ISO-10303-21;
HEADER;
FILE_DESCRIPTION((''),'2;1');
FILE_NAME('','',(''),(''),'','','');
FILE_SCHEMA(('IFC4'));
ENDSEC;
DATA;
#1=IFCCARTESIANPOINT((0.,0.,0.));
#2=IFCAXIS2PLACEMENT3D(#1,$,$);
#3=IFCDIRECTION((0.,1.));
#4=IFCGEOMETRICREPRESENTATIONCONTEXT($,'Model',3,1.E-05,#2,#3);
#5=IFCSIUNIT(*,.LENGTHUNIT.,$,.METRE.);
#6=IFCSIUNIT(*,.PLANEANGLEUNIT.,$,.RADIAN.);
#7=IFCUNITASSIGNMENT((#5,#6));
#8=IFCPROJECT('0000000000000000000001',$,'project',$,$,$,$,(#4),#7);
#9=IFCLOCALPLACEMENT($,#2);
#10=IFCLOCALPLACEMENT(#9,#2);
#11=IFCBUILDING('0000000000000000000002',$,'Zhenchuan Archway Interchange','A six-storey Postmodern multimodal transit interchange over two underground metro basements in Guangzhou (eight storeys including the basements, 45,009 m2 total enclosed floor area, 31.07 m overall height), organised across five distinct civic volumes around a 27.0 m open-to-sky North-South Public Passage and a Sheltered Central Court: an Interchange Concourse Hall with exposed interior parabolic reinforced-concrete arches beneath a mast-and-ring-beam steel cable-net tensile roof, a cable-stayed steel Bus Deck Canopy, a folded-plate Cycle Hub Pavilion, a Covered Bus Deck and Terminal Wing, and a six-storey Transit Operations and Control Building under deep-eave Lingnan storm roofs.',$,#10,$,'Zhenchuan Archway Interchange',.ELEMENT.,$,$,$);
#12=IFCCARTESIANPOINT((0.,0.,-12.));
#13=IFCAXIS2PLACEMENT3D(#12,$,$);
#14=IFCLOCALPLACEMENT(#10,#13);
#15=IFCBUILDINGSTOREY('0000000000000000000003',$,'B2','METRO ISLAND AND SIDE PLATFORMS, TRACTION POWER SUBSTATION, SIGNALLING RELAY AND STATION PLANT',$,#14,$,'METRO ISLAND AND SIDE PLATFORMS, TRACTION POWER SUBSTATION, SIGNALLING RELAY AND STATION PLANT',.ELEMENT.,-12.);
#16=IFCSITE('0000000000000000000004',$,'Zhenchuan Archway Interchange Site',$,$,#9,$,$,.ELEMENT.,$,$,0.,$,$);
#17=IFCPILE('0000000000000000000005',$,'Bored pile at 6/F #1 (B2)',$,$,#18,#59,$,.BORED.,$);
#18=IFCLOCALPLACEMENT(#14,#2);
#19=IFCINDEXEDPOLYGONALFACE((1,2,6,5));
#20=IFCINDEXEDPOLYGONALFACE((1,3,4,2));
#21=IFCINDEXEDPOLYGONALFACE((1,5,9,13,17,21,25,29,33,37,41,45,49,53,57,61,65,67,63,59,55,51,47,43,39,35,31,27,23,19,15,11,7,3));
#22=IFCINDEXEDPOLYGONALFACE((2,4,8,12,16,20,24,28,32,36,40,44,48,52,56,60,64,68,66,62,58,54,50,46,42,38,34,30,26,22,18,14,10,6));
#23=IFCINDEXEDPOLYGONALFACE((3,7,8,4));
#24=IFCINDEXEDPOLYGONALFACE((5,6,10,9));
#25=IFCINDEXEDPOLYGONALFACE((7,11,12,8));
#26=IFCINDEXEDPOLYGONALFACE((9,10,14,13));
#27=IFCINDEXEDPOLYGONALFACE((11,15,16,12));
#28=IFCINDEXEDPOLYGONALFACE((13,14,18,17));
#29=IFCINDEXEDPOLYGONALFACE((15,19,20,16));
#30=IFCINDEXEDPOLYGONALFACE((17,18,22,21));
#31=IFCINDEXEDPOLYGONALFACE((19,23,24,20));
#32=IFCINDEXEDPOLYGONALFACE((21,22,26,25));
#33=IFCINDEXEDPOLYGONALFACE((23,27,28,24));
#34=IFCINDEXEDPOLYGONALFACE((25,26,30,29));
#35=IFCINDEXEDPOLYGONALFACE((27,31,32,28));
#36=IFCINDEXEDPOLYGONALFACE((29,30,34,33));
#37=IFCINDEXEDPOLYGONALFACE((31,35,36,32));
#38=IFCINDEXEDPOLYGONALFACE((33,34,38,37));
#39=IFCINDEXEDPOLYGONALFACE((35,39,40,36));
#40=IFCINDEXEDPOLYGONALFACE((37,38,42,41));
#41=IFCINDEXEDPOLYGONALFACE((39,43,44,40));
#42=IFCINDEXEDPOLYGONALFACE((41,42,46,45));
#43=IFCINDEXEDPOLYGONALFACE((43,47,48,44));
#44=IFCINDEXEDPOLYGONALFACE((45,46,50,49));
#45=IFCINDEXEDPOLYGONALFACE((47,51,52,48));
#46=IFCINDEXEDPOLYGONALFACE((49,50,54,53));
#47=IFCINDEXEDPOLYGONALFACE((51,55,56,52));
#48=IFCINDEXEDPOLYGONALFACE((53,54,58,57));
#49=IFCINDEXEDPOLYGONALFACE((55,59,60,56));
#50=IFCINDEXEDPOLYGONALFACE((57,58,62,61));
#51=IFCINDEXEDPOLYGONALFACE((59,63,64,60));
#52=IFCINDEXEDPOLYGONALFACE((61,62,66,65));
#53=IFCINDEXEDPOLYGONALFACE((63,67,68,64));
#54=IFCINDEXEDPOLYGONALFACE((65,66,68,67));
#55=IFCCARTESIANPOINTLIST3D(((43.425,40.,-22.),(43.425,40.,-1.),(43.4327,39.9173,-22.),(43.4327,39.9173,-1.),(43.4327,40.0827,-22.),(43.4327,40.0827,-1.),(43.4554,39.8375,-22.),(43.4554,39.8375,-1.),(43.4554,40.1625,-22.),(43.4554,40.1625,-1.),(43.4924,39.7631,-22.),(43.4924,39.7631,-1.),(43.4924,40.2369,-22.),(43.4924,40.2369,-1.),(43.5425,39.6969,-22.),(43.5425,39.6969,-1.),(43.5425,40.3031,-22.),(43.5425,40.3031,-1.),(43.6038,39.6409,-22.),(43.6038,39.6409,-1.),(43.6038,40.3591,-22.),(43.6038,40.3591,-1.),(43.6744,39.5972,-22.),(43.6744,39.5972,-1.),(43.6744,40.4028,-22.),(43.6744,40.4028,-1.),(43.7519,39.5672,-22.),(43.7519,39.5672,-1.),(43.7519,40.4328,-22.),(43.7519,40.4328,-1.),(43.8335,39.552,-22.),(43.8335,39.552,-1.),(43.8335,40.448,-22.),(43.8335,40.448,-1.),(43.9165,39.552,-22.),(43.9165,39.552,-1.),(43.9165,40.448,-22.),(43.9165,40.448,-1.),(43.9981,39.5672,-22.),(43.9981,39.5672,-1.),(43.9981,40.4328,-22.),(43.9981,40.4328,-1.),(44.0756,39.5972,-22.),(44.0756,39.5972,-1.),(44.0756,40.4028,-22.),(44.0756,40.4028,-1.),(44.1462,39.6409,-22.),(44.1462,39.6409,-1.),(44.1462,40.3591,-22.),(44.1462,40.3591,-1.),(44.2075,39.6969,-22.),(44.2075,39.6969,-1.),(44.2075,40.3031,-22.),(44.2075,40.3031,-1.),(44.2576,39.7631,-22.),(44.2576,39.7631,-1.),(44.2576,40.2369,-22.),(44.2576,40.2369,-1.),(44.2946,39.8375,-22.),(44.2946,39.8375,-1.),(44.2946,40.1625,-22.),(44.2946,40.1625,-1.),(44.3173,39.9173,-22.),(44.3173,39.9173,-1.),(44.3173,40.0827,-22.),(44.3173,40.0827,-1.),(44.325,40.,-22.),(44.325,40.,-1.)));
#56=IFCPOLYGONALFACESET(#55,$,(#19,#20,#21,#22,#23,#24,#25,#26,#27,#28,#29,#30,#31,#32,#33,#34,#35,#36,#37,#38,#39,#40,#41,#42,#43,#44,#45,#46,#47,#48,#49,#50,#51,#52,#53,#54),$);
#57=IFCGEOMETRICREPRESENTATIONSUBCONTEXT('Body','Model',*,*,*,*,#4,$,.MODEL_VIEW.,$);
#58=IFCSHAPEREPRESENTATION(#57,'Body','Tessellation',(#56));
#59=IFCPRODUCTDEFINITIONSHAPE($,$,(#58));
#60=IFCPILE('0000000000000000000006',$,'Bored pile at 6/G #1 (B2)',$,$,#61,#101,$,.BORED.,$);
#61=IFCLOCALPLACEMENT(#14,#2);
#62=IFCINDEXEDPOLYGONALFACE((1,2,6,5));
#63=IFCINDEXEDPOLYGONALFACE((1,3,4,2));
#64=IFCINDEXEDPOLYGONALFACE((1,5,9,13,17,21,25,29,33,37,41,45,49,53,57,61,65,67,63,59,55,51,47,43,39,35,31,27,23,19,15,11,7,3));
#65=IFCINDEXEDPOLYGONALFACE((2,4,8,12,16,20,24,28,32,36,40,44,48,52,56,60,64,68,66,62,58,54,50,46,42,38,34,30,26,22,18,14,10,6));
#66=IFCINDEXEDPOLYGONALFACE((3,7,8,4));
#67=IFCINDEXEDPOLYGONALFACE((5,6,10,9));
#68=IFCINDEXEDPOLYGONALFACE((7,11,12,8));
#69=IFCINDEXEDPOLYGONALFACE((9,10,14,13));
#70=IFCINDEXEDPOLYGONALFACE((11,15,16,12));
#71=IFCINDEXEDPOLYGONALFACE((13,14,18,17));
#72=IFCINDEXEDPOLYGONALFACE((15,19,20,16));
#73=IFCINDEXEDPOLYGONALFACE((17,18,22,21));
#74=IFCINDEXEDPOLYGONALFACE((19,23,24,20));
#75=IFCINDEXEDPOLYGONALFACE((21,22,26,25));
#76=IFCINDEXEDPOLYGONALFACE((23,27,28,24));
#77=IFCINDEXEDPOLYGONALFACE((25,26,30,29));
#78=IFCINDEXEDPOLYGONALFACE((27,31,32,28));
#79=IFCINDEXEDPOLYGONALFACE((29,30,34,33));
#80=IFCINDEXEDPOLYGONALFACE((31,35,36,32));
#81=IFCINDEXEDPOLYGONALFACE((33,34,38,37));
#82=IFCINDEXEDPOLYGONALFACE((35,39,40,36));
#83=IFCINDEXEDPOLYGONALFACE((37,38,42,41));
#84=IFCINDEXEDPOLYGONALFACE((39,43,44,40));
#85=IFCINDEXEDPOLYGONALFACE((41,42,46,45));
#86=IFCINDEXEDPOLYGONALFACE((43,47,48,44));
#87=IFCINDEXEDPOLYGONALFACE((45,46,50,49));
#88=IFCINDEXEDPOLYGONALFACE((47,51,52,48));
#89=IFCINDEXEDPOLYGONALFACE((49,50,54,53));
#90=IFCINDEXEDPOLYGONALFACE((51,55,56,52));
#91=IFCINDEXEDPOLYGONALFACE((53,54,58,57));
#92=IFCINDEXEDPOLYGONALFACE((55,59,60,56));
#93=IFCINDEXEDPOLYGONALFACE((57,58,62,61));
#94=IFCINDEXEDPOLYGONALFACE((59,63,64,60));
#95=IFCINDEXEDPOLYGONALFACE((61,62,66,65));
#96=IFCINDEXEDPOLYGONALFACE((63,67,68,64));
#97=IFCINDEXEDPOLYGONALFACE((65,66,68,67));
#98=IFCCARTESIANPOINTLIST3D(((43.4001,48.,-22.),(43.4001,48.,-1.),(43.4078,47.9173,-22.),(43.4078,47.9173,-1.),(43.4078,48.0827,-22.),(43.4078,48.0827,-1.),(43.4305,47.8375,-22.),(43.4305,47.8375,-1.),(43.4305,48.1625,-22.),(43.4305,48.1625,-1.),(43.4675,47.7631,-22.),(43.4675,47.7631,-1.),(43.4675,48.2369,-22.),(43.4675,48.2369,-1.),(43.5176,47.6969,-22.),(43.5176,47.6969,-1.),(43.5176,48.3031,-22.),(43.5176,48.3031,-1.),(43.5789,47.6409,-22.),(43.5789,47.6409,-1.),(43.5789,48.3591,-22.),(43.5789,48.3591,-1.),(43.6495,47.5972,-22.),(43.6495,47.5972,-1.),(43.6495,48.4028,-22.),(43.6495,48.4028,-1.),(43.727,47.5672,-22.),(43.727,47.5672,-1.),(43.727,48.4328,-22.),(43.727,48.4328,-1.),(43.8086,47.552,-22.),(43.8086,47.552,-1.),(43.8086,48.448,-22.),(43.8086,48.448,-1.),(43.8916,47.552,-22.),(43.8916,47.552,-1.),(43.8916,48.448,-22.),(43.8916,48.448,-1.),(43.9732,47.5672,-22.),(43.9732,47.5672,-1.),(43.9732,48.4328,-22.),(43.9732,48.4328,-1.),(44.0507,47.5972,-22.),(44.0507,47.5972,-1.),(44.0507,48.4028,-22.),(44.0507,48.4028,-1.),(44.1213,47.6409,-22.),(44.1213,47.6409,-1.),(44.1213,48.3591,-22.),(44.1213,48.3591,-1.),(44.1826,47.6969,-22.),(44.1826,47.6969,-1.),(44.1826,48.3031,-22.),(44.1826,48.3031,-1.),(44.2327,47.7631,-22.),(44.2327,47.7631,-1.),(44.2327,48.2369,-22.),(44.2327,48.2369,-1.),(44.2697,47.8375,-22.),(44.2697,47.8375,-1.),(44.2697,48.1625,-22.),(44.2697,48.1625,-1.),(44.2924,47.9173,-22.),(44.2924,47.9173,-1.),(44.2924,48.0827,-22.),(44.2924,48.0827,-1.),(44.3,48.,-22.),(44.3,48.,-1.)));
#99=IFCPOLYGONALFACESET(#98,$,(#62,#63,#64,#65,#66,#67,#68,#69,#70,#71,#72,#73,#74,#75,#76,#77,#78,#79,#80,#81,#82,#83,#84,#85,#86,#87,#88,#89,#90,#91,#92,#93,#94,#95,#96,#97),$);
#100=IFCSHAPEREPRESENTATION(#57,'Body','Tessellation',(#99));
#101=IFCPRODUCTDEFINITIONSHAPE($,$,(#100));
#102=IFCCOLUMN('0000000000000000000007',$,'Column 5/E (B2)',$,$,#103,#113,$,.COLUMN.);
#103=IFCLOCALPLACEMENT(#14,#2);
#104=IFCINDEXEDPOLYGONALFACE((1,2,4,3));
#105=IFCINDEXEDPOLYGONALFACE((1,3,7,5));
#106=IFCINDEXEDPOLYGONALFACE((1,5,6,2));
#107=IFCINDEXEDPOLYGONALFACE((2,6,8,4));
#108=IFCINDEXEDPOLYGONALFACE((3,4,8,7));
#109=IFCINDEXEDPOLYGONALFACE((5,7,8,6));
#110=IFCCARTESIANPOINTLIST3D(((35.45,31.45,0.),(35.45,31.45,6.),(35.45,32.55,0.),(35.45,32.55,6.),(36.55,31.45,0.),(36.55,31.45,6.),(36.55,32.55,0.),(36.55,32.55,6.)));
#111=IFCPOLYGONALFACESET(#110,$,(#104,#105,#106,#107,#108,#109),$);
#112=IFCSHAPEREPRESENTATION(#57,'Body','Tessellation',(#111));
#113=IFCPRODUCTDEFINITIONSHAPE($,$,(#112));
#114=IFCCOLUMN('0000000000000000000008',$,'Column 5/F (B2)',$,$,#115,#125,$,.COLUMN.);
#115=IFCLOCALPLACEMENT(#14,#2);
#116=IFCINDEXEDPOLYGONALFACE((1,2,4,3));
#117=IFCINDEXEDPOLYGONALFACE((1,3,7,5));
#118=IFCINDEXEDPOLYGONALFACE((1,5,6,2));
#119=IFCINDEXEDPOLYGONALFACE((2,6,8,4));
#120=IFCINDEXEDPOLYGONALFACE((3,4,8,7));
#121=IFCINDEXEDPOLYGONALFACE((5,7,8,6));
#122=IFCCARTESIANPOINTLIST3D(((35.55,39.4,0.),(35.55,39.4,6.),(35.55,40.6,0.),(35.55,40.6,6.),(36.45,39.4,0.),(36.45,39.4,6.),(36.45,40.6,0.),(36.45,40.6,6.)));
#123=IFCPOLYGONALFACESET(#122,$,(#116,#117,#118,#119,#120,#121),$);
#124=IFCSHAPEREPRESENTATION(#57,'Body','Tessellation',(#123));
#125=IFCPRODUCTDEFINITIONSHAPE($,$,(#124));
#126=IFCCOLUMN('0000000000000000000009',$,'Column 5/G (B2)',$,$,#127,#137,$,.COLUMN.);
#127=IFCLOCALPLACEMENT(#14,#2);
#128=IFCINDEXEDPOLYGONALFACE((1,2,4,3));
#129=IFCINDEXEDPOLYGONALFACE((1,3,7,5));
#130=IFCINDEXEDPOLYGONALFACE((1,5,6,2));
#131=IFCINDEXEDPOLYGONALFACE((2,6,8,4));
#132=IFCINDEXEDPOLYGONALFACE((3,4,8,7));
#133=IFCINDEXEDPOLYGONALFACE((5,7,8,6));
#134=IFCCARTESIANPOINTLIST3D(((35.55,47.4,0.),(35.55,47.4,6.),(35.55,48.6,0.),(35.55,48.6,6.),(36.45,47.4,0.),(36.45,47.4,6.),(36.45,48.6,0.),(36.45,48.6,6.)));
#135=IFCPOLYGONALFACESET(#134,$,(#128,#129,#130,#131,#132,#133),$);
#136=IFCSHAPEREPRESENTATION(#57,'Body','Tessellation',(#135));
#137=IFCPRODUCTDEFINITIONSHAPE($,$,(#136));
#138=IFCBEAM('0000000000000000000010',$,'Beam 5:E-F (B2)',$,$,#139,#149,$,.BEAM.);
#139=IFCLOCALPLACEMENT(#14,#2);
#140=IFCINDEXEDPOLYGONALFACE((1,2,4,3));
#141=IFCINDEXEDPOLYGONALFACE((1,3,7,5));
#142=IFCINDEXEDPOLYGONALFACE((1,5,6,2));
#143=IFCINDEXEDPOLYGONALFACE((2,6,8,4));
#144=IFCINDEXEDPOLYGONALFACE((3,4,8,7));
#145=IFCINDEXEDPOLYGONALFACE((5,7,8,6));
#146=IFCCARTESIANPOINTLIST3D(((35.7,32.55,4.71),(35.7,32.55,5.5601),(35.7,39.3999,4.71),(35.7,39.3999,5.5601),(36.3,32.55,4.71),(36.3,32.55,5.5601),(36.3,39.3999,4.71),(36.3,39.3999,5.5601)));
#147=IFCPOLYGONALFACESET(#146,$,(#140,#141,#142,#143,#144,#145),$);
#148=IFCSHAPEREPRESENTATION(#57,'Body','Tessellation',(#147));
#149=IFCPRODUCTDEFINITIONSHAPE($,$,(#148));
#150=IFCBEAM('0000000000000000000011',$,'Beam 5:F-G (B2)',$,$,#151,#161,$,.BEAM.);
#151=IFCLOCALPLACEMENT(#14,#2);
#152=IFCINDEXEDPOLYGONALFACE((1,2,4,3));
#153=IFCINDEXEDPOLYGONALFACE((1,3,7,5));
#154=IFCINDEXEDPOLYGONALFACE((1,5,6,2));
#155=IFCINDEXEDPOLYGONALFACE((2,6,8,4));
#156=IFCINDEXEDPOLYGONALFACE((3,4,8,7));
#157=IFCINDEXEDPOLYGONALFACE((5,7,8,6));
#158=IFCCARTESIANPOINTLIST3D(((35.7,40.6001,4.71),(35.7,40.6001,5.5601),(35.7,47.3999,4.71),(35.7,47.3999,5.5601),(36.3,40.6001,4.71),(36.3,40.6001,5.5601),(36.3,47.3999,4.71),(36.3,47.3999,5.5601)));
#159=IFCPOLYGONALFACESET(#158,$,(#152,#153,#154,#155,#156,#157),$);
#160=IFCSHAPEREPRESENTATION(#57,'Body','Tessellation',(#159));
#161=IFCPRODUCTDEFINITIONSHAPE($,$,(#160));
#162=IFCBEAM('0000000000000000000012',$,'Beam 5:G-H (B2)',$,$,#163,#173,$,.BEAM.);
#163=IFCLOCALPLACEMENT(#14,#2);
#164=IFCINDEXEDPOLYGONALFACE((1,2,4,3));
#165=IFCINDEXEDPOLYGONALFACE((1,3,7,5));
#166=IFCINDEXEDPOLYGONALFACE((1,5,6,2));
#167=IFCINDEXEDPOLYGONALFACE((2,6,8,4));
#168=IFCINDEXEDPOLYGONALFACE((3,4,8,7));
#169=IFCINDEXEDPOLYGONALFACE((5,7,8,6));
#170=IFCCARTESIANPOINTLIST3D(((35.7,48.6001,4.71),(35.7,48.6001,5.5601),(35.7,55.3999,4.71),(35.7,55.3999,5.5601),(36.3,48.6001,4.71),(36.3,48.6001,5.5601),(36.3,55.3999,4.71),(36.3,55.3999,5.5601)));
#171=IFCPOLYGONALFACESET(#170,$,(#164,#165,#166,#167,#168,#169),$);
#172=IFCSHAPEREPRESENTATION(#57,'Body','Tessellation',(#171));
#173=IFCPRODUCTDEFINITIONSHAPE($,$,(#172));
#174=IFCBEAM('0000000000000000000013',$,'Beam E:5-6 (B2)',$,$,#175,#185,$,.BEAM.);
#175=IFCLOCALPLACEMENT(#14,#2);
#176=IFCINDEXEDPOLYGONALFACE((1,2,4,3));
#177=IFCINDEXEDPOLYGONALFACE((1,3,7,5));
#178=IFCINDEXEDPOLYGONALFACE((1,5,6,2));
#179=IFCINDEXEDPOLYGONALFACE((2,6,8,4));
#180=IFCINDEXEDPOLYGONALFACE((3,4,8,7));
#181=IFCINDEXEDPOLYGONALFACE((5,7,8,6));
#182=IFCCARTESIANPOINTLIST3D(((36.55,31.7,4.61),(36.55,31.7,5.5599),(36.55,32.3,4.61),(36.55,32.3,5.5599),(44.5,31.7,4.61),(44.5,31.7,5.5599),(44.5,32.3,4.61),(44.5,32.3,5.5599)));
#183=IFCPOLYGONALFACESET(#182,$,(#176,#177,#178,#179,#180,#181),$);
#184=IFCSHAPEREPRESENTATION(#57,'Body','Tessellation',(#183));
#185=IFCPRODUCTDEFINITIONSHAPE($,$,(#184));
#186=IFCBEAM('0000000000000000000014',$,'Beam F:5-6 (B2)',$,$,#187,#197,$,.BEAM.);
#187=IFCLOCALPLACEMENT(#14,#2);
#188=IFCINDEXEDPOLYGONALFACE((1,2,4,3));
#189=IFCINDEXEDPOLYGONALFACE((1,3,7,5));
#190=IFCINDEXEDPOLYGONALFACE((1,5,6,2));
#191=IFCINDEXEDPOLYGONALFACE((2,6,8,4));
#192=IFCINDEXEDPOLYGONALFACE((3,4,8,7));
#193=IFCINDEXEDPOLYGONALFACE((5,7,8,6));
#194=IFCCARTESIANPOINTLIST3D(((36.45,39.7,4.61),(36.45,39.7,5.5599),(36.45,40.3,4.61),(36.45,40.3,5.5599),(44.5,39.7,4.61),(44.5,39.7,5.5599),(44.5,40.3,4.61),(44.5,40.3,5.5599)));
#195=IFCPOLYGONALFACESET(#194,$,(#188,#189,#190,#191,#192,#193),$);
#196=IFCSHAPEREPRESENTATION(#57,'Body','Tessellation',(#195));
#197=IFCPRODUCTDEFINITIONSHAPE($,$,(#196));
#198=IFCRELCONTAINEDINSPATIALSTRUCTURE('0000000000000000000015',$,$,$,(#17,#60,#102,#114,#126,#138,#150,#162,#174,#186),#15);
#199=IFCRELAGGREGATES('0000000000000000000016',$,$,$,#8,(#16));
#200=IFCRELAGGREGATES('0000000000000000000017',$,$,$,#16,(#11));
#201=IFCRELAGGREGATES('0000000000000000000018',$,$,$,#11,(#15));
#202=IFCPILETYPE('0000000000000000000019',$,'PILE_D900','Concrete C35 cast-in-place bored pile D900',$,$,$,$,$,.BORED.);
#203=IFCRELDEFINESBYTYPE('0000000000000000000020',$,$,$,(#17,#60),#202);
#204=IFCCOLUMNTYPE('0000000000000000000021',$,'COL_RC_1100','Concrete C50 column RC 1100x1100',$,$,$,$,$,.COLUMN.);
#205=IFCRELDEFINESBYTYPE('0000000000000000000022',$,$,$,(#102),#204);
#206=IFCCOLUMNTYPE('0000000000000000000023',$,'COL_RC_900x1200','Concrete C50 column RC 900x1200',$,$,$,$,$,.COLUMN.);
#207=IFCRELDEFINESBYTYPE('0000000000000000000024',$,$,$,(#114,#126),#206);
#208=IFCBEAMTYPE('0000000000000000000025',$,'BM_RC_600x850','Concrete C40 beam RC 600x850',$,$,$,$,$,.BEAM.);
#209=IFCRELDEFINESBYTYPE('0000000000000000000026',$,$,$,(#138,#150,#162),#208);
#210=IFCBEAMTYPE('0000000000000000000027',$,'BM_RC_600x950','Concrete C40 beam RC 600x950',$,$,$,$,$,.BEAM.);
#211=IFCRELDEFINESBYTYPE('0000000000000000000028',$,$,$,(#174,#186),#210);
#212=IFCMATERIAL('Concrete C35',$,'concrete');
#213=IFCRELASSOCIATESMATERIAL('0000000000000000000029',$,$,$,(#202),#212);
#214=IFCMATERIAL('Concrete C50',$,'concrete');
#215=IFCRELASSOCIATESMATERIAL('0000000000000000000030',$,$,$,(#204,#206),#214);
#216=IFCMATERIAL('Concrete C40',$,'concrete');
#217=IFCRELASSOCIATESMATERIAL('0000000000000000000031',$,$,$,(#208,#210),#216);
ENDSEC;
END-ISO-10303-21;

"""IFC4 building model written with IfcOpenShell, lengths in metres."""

from ifc_helpers import new_model, si_unit, direction, frame, origin, origin_2d, place, context, subcontext, project, spatial, rectangle, circle, extrude, material, material_profile, profile_set, type_object, element, save


model = new_model("IFC4")

# Units and contexts
model_context = context("Model", 3, precision=1e-05, world=origin(), true_north=direction((0.0, 1.0)))
body_context = subcontext(model_context, "Body", "Model", "MODEL_VIEW")
ifc_project = project(units=[si_unit("LENGTHUNIT", "METRE"), si_unit("PLANEANGLEUNIT", "RADIAN")], contexts=[model_context])

# Site, building, storey
site_placement = place(None, origin())
site = spatial("IfcSite", under=ifc_project, at=site_placement, Name="Zhenchuan Archway Interchange Site", CompositionType="ELEMENT", RefElevation=0.0)
building_placement = place(site_placement, origin())
building = spatial("IfcBuilding", under=site, at=building_placement, Name="Zhenchuan Archway Interchange", Description="A six-storey Postmodern multimodal transit interchange over two underground metro basements in Guangzhou (eight storeys including the basements, 45,009 m2 total enclosed floor area, 31.07 m overall height), organised across five distinct civic volumes around a 27.0 m open-to-sky North-South Public Passage and a Sheltered Central Court: an Interchange Concourse Hall with exposed interior parabolic reinforced-concrete arches beneath a mast-and-ring-beam steel cable-net tensile roof, a cable-stayed steel Bus Deck Canopy, a folded-plate Cycle Hub Pavilion, a Covered Bus Deck and Terminal Wing, and a six-storey Transit Operations and Control Building under deep-eave Lingnan storm roofs.", LongName="Zhenchuan Archway Interchange", CompositionType="ELEMENT")
storey_placement = place(building_placement, frame((0.0, 0.0, -12.0)))
storey = spatial("IfcBuildingStorey", under=building, at=storey_placement, Name="B2", Description="METRO ISLAND AND SIDE PLATFORMS, TRACTION POWER SUBSTATION, SIGNALLING RELAY AND STATION PLANT", LongName="METRO ISLAND AND SIDE PLATFORMS, TRACTION POWER SUBSTATION, SIGNALLING RELAY AND STATION PLANT", CompositionType="ELEMENT", Elevation=-12.0)

# Shared definitions
ifc_material_1 = material(Name="Concrete C40", Category="concrete")

# Piles
ifc_material_2 = material(Name="Concrete C35", Category="concrete")
ifc_material_profile_1 = material_profile(ifc_material_2, circle(Radius=0.45, at=origin_2d()), Name="BORED PILE 900")
ifc_profile_set_1 = profile_set([ifc_material_profile_1], Name="Concrete C35")
pile_type_1 = type_object("IfcPileType", Name="PILE_D900", Description="Concrete C35 cast-in-place bored pile D900", PredefinedType="BORED", material=ifc_profile_set_1)
for number, where, z_axis, x_axis, name in (
    (1, (43.875, 40.0, -1.0), (0.0, 0.0, -1.0), (1.0, 0.0, 0.0), "Bored pile at 6/F #1 (B2)"),
    (2, (43.8501, 48.0, -1.0), (0.0, 0.0, -1.0), (1.0, 0.0, 0.0), "Bored pile at 6/G #1 (B2)"),
):
    element("IfcPile", number, at=place(storey_placement, frame(where, z_axis=z_axis, x_axis=x_axis)), inside=storey, type_object=pile_type_1, Name=name, PredefinedType="BORED", context=body_context, shape_type="SweptSolid", body=[
        extrude(circle(Radius=0.45, at=origin_2d()), origin(), (0.0, 0.0, 1.0), 21.0),
    ])

# Columns
ifc_material_3 = material(Name="Concrete C50", Category="concrete")
ifc_material_profile_2 = material_profile(ifc_material_3, rectangle(XDim=1.1001, YDim=1.1001, at=origin_2d()), Name="RC 1100x1100")
ifc_profile_set_2 = profile_set([ifc_material_profile_2], Name="Concrete C50")
column_type_1 = type_object("IfcColumnType", Name="COL_RC_1100", Description="Concrete C50 column RC 1100x1100", PredefinedType="COLUMN", material=ifc_profile_set_2)
column_placement = place(storey_placement, frame((36.0, 32.0, 0.0), z_axis=(0.0, 0.0, 1.0), x_axis=(1.0, 0.0, 0.0)))
element("IfcColumn", 3, at=column_placement, inside=storey, type_object=column_type_1, Name="Column 5/E (B2)", PredefinedType="COLUMN", context=body_context, shape_type="SweptSolid", body=[
    extrude(rectangle(XDim=1.1001, YDim=1.1001, at=origin_2d()), origin(), (0.0, 0.0, 1.0), 6.0),
])
ifc_material_profile_3 = material_profile(ifc_material_3, rectangle(XDim=0.8999, YDim=1.2, at=origin_2d()), Name="RC 900x1200")
ifc_profile_set_3 = profile_set([ifc_material_profile_3], Name="Concrete C50")
column_type_2 = type_object("IfcColumnType", Name="COL_RC_900x1200", Description="Concrete C50 column RC 900x1200", PredefinedType="COLUMN", material=ifc_profile_set_3)
for number, where, z_axis, x_axis, name in (
    (4, (36.0, 40.0, 0.0), (0.0, 0.0, 1.0), (1.0, 0.0, 0.0), "Column 5/F (B2)"),
    (5, (36.0, 48.0, 0.0), (0.0, 0.0, 1.0), (1.0, 0.0, 0.0), "Column 5/G (B2)"),
):
    element("IfcColumn", number, at=place(storey_placement, frame(where, z_axis=z_axis, x_axis=x_axis)), inside=storey, type_object=column_type_2, Name=name, PredefinedType="COLUMN", context=body_context, shape_type="SweptSolid", body=[
        extrude(rectangle(XDim=0.8999, YDim=1.2, at=origin_2d()), origin(), (0.0, 0.0, 1.0), 6.0),
    ])

# Beams
ifc_material_profile_4 = material_profile(ifc_material_1, rectangle(XDim=0.6001, YDim=0.8501, at=origin_2d()), Name="RC 600x850")
ifc_profile_set_4 = profile_set([ifc_material_profile_4], Name="Concrete C40")
beam_type_1 = type_object("IfcBeamType", Name="BM_RC_600x850", Description="Concrete C40 beam RC 600x850", PredefinedType="BEAM", material=ifc_profile_set_4)
beam_1_placement = place(storey_placement, frame((36.0, 32.55, 5.135), z_axis=(0.0, 1.0, 0.0), x_axis=(-1.0, 0.0, 0.0)))
element("IfcBeam", 6, at=beam_1_placement, inside=storey, type_object=beam_type_1, Name="Beam 5:E-F (B2)", PredefinedType="BEAM", context=body_context, shape_type="SweptSolid", body=[
    extrude(rectangle(XDim=0.6001, YDim=0.8501, at=origin_2d()), origin(), (0.0, 0.0, 1.0), 6.8499),
])
for number, where, z_axis, x_axis, name in (
    (7, (36.0, 40.6001, 5.135), (0.0, 1.0, 0.0), (-1.0, 0.0, 0.0), "Beam 5:F-G (B2)"),
    (8, (36.0, 48.6001, 5.135), (0.0, 1.0, 0.0), (-1.0, 0.0, 0.0), "Beam 5:G-H (B2)"),
):
    element("IfcBeam", number, at=place(storey_placement, frame(where, z_axis=z_axis, x_axis=x_axis)), inside=storey, type_object=beam_type_1, Name=name, PredefinedType="BEAM", context=body_context, shape_type="SweptSolid", body=[
        extrude(rectangle(XDim=0.6001, YDim=0.8501, at=origin_2d()), origin(), (0.0, 0.0, 1.0), 6.7998),
    ])
ifc_material_profile_5 = material_profile(ifc_material_1, rectangle(XDim=0.6001, YDim=0.95, at=origin_2d()), Name="RC 600x950")
ifc_profile_set_5 = profile_set([ifc_material_profile_5], Name="Concrete C40")
beam_type_2 = type_object("IfcBeamType", Name="BM_RC_600x950", Description="Concrete C40 beam RC 600x950", PredefinedType="BEAM", material=ifc_profile_set_5)
beam_2_placement = place(storey_placement, frame((36.55, 32.0, 5.085), z_axis=(1.0, 0.0, 0.0), x_axis=(0.0, 1.0, 0.0)))
element("IfcBeam", 9, at=beam_2_placement, inside=storey, type_object=beam_type_2, Name="Beam E:5-6 (B2)", PredefinedType="BEAM", context=body_context, shape_type="SweptSolid", body=[
    extrude(rectangle(XDim=0.6001, YDim=0.95, at=origin_2d()), origin(), (0.0, 0.0, 1.0), 7.95),
])
for number, where, z_axis, x_axis, name in (
    (10, (36.45, 40.0, 5.085), (1.0, 0.0, 0.0), (0.0, 1.0, 0.0), "Beam F:5-6 (B2)"),
):
    element("IfcBeam", number, at=place(storey_placement, frame(where, z_axis=z_axis, x_axis=x_axis)), inside=storey, type_object=beam_type_2, Name=name, PredefinedType="BEAM", context=body_context, shape_type="SweptSolid", body=[
        extrude(rectangle(XDim=0.6001, YDim=0.95, at=origin_2d()), origin(), (0.0, 0.0, 1.0), 8.05),
    ])

save(model, "model.ifc")
